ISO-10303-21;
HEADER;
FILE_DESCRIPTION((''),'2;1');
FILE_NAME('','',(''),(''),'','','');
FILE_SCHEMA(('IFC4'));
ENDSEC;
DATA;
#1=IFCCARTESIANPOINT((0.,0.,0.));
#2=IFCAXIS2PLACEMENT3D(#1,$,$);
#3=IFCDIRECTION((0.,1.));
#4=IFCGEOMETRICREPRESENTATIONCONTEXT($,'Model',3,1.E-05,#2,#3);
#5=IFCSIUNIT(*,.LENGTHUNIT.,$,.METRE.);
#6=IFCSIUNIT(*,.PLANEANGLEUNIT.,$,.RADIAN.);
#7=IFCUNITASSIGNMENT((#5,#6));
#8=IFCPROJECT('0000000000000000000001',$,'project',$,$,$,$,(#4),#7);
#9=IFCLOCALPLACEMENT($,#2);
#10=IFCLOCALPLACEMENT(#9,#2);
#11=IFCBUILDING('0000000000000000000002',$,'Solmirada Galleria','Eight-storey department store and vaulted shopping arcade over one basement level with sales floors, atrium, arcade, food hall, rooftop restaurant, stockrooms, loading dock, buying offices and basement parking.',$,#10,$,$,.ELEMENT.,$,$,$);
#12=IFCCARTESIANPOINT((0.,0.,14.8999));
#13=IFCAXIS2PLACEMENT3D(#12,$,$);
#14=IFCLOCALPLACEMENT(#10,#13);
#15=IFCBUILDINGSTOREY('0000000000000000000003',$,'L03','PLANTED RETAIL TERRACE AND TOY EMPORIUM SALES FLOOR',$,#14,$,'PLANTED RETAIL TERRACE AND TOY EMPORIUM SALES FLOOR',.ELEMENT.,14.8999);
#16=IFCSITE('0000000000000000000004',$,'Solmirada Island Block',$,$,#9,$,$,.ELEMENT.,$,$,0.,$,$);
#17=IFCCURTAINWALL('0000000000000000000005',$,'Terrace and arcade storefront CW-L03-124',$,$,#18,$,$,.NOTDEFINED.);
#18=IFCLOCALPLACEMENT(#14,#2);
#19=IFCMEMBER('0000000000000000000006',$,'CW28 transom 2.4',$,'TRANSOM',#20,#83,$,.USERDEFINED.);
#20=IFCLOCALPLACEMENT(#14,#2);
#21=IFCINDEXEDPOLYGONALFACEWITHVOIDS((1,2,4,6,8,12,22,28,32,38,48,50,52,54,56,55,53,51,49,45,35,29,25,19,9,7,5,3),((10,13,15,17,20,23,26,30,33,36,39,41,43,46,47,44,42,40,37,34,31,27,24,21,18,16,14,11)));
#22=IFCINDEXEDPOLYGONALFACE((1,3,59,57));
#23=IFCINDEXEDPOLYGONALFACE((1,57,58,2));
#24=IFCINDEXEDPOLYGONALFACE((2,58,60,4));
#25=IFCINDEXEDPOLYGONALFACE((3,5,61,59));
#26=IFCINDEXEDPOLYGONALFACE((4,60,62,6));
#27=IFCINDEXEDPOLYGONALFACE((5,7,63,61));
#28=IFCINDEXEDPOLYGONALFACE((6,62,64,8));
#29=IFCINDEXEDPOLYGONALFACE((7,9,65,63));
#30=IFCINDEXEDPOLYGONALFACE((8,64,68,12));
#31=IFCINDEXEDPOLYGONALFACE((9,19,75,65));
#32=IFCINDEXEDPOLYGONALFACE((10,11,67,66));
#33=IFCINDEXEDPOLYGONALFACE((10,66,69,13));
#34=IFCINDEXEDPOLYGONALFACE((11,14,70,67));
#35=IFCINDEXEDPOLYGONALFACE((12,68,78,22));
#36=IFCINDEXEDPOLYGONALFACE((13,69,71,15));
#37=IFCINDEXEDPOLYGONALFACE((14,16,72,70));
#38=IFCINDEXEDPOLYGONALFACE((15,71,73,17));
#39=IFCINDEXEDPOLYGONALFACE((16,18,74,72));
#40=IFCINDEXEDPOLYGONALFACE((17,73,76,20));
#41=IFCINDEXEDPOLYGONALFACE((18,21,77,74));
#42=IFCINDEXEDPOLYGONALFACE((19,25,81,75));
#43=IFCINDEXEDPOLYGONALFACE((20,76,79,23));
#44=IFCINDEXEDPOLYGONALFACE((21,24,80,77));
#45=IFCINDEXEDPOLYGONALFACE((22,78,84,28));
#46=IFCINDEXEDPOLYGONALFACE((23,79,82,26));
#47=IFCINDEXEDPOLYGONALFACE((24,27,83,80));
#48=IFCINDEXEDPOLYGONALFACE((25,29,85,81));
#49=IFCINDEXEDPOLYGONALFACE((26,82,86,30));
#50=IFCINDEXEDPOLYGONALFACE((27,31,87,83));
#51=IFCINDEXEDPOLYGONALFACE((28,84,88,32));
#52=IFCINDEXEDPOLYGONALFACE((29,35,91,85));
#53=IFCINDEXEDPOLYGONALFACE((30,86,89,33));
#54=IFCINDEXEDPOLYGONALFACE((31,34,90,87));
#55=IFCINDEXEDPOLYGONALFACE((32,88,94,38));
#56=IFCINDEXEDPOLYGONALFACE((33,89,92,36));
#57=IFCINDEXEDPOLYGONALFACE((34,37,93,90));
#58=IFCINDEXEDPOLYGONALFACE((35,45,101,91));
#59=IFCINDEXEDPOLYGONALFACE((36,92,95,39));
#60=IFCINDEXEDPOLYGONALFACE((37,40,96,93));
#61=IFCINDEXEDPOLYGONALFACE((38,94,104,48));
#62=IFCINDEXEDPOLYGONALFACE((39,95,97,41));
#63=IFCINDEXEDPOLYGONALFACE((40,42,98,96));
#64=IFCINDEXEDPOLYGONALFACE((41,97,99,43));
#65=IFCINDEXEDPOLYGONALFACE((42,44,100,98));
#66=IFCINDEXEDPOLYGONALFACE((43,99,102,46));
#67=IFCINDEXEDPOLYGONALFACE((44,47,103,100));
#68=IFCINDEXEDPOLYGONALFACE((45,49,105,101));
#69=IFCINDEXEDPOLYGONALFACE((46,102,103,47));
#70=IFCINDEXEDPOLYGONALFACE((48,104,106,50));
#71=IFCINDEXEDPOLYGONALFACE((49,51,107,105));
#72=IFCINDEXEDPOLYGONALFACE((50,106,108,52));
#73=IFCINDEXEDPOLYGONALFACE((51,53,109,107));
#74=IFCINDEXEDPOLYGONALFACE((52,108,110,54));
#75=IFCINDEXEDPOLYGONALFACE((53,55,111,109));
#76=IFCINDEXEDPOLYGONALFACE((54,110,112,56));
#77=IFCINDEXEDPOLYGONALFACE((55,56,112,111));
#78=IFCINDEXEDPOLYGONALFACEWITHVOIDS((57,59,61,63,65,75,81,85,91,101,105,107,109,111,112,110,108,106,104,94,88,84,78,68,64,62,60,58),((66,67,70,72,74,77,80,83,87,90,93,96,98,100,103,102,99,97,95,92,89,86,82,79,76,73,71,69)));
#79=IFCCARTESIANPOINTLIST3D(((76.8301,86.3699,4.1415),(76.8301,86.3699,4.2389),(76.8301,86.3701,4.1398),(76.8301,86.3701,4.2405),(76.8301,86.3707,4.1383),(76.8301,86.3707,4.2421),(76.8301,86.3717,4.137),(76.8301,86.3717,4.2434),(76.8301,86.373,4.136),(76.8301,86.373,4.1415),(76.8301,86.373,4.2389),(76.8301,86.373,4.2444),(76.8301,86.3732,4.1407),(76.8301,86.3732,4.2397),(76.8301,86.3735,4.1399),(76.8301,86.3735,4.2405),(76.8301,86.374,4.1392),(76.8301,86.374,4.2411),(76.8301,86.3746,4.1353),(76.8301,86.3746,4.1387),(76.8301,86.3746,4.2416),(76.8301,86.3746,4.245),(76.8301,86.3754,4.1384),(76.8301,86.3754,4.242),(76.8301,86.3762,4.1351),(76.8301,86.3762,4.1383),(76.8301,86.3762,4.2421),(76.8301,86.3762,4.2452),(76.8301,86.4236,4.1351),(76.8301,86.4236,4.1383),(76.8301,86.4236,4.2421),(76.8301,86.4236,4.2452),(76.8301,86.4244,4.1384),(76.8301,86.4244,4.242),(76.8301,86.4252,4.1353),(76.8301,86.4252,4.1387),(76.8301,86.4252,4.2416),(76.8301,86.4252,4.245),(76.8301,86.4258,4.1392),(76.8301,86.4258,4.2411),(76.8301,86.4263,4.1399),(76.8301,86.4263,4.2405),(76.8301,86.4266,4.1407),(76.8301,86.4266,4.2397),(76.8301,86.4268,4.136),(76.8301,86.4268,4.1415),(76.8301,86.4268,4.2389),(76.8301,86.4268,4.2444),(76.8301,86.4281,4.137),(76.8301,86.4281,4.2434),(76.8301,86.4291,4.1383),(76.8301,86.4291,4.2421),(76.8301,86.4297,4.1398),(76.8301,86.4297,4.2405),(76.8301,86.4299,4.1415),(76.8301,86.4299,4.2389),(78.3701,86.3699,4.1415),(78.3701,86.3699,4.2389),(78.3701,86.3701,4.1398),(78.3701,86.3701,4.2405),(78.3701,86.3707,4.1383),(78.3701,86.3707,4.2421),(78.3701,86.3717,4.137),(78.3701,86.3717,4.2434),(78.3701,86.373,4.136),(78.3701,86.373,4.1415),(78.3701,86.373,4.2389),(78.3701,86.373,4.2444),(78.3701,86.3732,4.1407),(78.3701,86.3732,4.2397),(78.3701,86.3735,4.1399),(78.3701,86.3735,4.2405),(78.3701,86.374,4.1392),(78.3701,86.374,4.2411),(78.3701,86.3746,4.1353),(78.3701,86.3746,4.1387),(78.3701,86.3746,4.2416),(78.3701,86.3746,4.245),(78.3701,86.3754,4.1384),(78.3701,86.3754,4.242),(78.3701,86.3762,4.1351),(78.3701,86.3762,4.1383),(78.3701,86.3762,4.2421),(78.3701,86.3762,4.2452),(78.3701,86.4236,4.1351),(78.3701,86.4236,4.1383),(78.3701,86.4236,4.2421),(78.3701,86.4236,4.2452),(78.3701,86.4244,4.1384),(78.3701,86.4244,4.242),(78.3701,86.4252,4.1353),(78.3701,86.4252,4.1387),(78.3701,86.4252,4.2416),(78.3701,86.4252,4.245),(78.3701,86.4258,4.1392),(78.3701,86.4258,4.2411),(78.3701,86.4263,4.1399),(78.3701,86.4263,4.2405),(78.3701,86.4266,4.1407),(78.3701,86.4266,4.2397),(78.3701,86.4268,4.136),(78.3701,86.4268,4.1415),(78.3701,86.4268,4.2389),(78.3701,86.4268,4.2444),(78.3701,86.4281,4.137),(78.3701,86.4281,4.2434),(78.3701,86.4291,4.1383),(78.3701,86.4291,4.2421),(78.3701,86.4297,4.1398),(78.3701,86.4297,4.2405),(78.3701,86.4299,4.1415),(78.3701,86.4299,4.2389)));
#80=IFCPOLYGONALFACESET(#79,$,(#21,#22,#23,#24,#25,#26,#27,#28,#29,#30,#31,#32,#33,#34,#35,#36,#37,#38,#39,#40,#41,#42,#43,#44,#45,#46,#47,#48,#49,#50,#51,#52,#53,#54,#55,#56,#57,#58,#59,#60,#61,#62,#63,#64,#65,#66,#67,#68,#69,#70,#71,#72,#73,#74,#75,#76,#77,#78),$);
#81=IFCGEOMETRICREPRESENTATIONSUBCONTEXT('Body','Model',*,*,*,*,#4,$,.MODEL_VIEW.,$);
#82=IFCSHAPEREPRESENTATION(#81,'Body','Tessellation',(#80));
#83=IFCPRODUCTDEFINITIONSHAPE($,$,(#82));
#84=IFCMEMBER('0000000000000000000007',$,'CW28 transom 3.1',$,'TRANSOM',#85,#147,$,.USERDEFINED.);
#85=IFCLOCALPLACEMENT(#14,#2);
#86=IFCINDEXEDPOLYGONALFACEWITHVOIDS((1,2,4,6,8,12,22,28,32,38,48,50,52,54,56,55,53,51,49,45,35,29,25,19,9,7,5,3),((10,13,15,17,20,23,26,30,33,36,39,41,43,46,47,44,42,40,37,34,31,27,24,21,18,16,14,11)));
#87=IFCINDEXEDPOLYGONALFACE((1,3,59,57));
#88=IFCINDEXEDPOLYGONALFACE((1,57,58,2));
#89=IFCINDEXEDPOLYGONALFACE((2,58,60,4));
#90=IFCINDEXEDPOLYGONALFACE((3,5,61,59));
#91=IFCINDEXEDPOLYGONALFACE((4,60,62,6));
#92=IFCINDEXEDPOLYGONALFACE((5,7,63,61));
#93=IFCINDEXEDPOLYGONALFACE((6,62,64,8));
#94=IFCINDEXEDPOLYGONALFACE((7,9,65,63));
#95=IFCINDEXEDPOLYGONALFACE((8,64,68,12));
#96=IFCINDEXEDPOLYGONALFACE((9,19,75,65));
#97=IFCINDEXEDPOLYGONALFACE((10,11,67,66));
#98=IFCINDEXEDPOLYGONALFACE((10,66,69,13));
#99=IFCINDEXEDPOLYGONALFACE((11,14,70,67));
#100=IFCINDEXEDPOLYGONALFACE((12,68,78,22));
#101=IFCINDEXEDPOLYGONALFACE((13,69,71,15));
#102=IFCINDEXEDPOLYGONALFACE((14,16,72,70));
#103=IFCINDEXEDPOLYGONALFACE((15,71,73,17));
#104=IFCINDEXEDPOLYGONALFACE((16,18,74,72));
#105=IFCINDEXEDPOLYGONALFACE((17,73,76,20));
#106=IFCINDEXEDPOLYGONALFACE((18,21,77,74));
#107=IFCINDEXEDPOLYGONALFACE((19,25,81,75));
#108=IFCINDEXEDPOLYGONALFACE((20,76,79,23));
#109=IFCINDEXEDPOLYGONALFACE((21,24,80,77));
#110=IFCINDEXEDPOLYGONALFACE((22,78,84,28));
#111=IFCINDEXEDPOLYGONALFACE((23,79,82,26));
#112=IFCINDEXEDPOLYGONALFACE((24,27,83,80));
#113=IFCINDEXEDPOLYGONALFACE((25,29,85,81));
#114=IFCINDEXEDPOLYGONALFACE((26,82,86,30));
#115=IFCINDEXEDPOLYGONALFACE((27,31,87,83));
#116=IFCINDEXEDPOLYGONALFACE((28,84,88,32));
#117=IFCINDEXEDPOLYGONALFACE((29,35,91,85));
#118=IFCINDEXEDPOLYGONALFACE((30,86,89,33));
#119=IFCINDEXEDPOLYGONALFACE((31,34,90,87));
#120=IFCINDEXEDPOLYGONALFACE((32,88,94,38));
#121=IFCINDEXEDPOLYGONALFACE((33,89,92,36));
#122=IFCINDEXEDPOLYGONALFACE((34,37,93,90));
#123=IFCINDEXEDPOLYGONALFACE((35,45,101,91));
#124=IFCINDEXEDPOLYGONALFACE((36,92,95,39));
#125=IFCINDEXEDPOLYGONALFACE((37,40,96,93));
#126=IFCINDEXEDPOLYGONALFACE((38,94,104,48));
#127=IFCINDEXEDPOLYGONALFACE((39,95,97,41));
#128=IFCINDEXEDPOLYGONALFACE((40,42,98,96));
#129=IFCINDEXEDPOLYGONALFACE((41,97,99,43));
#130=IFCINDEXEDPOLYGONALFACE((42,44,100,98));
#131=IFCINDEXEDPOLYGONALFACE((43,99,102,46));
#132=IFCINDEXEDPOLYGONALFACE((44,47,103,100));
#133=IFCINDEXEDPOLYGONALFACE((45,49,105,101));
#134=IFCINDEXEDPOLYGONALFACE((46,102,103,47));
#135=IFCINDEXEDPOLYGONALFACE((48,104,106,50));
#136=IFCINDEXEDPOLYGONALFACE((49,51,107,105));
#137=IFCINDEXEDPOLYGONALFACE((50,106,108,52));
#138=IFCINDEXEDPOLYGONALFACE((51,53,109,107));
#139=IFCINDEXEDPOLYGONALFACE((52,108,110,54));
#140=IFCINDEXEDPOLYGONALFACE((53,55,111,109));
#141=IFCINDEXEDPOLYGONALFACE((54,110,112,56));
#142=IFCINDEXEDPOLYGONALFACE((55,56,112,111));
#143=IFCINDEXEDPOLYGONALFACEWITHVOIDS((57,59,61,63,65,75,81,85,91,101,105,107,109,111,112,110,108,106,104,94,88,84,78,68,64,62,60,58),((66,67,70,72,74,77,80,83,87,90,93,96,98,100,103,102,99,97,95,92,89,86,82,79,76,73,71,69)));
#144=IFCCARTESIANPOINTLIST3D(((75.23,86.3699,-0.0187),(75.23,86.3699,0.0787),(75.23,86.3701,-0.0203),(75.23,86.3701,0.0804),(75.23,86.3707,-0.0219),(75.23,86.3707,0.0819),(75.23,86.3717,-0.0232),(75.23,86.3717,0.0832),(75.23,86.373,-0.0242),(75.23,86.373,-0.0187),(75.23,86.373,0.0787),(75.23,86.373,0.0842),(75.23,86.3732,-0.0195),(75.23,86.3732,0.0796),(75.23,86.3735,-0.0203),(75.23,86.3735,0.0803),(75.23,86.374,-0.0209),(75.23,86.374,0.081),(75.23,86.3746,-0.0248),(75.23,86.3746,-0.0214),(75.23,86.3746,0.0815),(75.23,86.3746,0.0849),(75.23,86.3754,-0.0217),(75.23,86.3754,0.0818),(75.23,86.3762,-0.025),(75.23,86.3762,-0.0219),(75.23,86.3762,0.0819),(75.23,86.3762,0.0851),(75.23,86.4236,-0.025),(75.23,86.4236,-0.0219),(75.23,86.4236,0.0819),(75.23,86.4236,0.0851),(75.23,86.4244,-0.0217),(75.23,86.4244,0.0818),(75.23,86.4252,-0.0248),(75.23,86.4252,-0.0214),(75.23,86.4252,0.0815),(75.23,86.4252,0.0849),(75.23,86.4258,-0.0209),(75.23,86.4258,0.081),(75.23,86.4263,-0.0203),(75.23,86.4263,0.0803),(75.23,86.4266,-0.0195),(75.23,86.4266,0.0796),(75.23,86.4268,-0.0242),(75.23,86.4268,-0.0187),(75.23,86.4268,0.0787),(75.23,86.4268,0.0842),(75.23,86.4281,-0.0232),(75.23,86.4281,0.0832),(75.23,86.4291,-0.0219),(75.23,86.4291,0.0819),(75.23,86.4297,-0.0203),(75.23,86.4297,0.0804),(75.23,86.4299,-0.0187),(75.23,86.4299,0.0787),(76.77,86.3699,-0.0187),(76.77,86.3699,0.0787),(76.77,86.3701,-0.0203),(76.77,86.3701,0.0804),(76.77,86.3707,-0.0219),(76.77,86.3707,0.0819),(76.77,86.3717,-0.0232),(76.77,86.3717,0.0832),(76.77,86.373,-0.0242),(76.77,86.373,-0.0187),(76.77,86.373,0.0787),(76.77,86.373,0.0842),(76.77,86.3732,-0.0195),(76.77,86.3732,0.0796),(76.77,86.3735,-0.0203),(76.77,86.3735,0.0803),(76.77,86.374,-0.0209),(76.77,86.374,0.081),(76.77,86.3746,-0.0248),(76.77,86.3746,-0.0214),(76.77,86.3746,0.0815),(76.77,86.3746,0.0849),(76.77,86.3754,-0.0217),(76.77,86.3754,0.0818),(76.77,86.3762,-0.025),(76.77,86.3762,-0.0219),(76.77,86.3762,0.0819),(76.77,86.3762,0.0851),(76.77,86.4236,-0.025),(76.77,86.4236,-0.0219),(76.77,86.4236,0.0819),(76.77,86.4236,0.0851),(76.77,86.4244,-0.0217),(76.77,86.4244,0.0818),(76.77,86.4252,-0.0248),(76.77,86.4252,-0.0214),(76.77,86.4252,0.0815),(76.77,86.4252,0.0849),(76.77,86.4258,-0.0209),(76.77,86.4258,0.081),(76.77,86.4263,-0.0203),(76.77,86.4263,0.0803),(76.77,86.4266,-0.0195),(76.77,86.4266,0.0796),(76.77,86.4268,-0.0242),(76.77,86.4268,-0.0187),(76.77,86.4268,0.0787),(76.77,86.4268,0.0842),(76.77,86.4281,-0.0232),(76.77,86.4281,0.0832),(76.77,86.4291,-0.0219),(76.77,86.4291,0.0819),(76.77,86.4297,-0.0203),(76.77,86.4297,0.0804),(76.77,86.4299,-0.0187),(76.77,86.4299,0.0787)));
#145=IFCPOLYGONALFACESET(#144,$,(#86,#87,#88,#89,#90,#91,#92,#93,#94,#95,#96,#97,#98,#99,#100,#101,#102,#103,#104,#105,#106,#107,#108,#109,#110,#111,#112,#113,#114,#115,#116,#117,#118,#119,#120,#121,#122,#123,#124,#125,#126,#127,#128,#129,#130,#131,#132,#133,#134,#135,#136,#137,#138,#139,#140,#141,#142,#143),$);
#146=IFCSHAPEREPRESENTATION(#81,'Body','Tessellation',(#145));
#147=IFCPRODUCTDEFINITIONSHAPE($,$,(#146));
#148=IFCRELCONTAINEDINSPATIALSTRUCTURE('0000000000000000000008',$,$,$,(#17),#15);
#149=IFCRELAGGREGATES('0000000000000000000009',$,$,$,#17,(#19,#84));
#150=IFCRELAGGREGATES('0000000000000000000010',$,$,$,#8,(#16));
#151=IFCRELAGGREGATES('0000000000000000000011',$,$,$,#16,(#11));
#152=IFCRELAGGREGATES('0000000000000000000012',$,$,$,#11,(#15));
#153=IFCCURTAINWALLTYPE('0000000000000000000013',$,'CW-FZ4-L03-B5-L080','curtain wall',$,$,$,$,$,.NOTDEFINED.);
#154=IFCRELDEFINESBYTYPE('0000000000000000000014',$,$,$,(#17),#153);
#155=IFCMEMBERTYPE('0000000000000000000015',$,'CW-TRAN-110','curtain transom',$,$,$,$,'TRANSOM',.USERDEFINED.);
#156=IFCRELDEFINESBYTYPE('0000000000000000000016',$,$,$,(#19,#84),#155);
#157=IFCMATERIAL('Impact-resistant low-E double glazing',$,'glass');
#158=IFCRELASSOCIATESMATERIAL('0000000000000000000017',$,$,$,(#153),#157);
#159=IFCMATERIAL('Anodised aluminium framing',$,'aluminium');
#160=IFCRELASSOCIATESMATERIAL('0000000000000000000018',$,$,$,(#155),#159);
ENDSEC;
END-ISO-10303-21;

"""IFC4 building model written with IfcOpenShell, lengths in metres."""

from ifc_helpers import new_model, si_unit, direction, frame, origin, origin_2d, place, context, subcontext, project, spatial, hollow_rectangle, extrude, material, material_profile, profile_set, type_object, element, aggregate, save


model = new_model("IFC4")

# Units and contexts
model_context = context("Model", 3, precision=1e-05, world=origin(), true_north=direction((0.0, 1.0)))
body_context = subcontext(model_context, "Body", "Model", "MODEL_VIEW")
ifc_project = project(units=[si_unit("LENGTHUNIT", "METRE"), si_unit("PLANEANGLEUNIT", "RADIAN")], contexts=[model_context])

# Site, building, storey
site_placement = place(None, origin())
site = spatial("IfcSite", under=ifc_project, at=site_placement, Name="Solmirada Island Block", CompositionType="ELEMENT", RefElevation=0.0)
building_placement = place(site_placement, origin())
building = spatial("IfcBuilding", under=site, at=building_placement, Name="Solmirada Galleria", Description="Eight-storey department store and vaulted shopping arcade over one basement level with sales floors, atrium, arcade, food hall, rooftop restaurant, stockrooms, loading dock, buying offices and basement parking.", CompositionType="ELEMENT")
storey_placement = place(building_placement, frame((0.0, 0.0, 14.8999)))
storey = spatial("IfcBuildingStorey", under=building, at=storey_placement, Name="L03", Description="PLANTED RETAIL TERRACE AND TOY EMPORIUM SALES FLOOR", LongName="PLANTED RETAIL TERRACE AND TOY EMPORIUM SALES FLOOR", CompositionType="ELEMENT", Elevation=14.8999)

# Shared definitions
ifc_material_1 = material(Name="Impact-resistant low-E double glazing", Category="glass")
curtain_wall_type = type_object("IfcCurtainWallType", Name="CW-FZ4-L03-B5-L080", Description="curtain wall", PredefinedType="NOTDEFINED", material=ifc_material_1)
ifc_material_2 = material(Name="Anodised aluminium framing", Category="aluminium")

# Curtain wall, members
curtain_wall_1_placement = place(storey_placement, origin())
curtain_wall_1 = element("IfcCurtainWall", 1, at=curtain_wall_1_placement, inside=storey, type_object=curtain_wall_type, Name="Terrace and arcade storefront CW-L03-124", PredefinedType="NOTDEFINED")
ifc_material_profile_1 = material_profile(ifc_material_2, hollow_rectangle(XDim=0.0601, YDim=0.1101, WallThickness=0.0032, InnerFilletRadius=0.0032, OuterFilletRadius=0.0063, at=origin_2d()), Name="ALU-TRAN-110X60")
ifc_profile_set_1 = profile_set([ifc_material_profile_1], Name="Anodised aluminium framing")
member_type_1 = type_object("IfcMemberType", Name="CW-TRAN-110", Description="curtain transom", ElementType="TRANSOM", PredefinedType="USERDEFINED", material=ifc_profile_set_1)
member_1_placement = place(storey_placement, frame((78.3701, 86.3999, 4.1902), z_axis=(-1.0, 0.0, 0.0), x_axis=(0.0, -1.0, 0.0)))
member_1 = element("IfcMember", 2, at=member_1_placement, type_object=member_type_1, Name="CW28 transom 2.4", ObjectType="TRANSOM", PredefinedType="USERDEFINED", context=body_context, shape_type="SweptSolid", body=[
    extrude(hollow_rectangle(XDim=0.0601, YDim=0.1101, WallThickness=0.0032, InnerFilletRadius=0.0032, OuterFilletRadius=0.0063, at=origin_2d()), origin(), (0.0, 0.0, 1.0), 1.54),
])
member_2_placement = place(storey_placement, frame((76.77, 86.3999, 0.03), z_axis=(-1.0, 0.0, 0.0), x_axis=(0.0, -1.0, 0.0)))
member_2 = element("IfcMember", 3, at=member_2_placement, type_object=member_type_1, Name="CW28 transom 3.1", ObjectType="TRANSOM", PredefinedType="USERDEFINED", context=body_context, shape_type="SweptSolid", body=[
    extrude(hollow_rectangle(XDim=0.0601, YDim=0.1101, WallThickness=0.0032, InnerFilletRadius=0.0032, OuterFilletRadius=0.0063, at=origin_2d()), origin(), (0.0, 0.0, 1.0), 1.54),
])

aggregate(curtain_wall_1, [member_1, member_2])

save(model, "model.ifc")
